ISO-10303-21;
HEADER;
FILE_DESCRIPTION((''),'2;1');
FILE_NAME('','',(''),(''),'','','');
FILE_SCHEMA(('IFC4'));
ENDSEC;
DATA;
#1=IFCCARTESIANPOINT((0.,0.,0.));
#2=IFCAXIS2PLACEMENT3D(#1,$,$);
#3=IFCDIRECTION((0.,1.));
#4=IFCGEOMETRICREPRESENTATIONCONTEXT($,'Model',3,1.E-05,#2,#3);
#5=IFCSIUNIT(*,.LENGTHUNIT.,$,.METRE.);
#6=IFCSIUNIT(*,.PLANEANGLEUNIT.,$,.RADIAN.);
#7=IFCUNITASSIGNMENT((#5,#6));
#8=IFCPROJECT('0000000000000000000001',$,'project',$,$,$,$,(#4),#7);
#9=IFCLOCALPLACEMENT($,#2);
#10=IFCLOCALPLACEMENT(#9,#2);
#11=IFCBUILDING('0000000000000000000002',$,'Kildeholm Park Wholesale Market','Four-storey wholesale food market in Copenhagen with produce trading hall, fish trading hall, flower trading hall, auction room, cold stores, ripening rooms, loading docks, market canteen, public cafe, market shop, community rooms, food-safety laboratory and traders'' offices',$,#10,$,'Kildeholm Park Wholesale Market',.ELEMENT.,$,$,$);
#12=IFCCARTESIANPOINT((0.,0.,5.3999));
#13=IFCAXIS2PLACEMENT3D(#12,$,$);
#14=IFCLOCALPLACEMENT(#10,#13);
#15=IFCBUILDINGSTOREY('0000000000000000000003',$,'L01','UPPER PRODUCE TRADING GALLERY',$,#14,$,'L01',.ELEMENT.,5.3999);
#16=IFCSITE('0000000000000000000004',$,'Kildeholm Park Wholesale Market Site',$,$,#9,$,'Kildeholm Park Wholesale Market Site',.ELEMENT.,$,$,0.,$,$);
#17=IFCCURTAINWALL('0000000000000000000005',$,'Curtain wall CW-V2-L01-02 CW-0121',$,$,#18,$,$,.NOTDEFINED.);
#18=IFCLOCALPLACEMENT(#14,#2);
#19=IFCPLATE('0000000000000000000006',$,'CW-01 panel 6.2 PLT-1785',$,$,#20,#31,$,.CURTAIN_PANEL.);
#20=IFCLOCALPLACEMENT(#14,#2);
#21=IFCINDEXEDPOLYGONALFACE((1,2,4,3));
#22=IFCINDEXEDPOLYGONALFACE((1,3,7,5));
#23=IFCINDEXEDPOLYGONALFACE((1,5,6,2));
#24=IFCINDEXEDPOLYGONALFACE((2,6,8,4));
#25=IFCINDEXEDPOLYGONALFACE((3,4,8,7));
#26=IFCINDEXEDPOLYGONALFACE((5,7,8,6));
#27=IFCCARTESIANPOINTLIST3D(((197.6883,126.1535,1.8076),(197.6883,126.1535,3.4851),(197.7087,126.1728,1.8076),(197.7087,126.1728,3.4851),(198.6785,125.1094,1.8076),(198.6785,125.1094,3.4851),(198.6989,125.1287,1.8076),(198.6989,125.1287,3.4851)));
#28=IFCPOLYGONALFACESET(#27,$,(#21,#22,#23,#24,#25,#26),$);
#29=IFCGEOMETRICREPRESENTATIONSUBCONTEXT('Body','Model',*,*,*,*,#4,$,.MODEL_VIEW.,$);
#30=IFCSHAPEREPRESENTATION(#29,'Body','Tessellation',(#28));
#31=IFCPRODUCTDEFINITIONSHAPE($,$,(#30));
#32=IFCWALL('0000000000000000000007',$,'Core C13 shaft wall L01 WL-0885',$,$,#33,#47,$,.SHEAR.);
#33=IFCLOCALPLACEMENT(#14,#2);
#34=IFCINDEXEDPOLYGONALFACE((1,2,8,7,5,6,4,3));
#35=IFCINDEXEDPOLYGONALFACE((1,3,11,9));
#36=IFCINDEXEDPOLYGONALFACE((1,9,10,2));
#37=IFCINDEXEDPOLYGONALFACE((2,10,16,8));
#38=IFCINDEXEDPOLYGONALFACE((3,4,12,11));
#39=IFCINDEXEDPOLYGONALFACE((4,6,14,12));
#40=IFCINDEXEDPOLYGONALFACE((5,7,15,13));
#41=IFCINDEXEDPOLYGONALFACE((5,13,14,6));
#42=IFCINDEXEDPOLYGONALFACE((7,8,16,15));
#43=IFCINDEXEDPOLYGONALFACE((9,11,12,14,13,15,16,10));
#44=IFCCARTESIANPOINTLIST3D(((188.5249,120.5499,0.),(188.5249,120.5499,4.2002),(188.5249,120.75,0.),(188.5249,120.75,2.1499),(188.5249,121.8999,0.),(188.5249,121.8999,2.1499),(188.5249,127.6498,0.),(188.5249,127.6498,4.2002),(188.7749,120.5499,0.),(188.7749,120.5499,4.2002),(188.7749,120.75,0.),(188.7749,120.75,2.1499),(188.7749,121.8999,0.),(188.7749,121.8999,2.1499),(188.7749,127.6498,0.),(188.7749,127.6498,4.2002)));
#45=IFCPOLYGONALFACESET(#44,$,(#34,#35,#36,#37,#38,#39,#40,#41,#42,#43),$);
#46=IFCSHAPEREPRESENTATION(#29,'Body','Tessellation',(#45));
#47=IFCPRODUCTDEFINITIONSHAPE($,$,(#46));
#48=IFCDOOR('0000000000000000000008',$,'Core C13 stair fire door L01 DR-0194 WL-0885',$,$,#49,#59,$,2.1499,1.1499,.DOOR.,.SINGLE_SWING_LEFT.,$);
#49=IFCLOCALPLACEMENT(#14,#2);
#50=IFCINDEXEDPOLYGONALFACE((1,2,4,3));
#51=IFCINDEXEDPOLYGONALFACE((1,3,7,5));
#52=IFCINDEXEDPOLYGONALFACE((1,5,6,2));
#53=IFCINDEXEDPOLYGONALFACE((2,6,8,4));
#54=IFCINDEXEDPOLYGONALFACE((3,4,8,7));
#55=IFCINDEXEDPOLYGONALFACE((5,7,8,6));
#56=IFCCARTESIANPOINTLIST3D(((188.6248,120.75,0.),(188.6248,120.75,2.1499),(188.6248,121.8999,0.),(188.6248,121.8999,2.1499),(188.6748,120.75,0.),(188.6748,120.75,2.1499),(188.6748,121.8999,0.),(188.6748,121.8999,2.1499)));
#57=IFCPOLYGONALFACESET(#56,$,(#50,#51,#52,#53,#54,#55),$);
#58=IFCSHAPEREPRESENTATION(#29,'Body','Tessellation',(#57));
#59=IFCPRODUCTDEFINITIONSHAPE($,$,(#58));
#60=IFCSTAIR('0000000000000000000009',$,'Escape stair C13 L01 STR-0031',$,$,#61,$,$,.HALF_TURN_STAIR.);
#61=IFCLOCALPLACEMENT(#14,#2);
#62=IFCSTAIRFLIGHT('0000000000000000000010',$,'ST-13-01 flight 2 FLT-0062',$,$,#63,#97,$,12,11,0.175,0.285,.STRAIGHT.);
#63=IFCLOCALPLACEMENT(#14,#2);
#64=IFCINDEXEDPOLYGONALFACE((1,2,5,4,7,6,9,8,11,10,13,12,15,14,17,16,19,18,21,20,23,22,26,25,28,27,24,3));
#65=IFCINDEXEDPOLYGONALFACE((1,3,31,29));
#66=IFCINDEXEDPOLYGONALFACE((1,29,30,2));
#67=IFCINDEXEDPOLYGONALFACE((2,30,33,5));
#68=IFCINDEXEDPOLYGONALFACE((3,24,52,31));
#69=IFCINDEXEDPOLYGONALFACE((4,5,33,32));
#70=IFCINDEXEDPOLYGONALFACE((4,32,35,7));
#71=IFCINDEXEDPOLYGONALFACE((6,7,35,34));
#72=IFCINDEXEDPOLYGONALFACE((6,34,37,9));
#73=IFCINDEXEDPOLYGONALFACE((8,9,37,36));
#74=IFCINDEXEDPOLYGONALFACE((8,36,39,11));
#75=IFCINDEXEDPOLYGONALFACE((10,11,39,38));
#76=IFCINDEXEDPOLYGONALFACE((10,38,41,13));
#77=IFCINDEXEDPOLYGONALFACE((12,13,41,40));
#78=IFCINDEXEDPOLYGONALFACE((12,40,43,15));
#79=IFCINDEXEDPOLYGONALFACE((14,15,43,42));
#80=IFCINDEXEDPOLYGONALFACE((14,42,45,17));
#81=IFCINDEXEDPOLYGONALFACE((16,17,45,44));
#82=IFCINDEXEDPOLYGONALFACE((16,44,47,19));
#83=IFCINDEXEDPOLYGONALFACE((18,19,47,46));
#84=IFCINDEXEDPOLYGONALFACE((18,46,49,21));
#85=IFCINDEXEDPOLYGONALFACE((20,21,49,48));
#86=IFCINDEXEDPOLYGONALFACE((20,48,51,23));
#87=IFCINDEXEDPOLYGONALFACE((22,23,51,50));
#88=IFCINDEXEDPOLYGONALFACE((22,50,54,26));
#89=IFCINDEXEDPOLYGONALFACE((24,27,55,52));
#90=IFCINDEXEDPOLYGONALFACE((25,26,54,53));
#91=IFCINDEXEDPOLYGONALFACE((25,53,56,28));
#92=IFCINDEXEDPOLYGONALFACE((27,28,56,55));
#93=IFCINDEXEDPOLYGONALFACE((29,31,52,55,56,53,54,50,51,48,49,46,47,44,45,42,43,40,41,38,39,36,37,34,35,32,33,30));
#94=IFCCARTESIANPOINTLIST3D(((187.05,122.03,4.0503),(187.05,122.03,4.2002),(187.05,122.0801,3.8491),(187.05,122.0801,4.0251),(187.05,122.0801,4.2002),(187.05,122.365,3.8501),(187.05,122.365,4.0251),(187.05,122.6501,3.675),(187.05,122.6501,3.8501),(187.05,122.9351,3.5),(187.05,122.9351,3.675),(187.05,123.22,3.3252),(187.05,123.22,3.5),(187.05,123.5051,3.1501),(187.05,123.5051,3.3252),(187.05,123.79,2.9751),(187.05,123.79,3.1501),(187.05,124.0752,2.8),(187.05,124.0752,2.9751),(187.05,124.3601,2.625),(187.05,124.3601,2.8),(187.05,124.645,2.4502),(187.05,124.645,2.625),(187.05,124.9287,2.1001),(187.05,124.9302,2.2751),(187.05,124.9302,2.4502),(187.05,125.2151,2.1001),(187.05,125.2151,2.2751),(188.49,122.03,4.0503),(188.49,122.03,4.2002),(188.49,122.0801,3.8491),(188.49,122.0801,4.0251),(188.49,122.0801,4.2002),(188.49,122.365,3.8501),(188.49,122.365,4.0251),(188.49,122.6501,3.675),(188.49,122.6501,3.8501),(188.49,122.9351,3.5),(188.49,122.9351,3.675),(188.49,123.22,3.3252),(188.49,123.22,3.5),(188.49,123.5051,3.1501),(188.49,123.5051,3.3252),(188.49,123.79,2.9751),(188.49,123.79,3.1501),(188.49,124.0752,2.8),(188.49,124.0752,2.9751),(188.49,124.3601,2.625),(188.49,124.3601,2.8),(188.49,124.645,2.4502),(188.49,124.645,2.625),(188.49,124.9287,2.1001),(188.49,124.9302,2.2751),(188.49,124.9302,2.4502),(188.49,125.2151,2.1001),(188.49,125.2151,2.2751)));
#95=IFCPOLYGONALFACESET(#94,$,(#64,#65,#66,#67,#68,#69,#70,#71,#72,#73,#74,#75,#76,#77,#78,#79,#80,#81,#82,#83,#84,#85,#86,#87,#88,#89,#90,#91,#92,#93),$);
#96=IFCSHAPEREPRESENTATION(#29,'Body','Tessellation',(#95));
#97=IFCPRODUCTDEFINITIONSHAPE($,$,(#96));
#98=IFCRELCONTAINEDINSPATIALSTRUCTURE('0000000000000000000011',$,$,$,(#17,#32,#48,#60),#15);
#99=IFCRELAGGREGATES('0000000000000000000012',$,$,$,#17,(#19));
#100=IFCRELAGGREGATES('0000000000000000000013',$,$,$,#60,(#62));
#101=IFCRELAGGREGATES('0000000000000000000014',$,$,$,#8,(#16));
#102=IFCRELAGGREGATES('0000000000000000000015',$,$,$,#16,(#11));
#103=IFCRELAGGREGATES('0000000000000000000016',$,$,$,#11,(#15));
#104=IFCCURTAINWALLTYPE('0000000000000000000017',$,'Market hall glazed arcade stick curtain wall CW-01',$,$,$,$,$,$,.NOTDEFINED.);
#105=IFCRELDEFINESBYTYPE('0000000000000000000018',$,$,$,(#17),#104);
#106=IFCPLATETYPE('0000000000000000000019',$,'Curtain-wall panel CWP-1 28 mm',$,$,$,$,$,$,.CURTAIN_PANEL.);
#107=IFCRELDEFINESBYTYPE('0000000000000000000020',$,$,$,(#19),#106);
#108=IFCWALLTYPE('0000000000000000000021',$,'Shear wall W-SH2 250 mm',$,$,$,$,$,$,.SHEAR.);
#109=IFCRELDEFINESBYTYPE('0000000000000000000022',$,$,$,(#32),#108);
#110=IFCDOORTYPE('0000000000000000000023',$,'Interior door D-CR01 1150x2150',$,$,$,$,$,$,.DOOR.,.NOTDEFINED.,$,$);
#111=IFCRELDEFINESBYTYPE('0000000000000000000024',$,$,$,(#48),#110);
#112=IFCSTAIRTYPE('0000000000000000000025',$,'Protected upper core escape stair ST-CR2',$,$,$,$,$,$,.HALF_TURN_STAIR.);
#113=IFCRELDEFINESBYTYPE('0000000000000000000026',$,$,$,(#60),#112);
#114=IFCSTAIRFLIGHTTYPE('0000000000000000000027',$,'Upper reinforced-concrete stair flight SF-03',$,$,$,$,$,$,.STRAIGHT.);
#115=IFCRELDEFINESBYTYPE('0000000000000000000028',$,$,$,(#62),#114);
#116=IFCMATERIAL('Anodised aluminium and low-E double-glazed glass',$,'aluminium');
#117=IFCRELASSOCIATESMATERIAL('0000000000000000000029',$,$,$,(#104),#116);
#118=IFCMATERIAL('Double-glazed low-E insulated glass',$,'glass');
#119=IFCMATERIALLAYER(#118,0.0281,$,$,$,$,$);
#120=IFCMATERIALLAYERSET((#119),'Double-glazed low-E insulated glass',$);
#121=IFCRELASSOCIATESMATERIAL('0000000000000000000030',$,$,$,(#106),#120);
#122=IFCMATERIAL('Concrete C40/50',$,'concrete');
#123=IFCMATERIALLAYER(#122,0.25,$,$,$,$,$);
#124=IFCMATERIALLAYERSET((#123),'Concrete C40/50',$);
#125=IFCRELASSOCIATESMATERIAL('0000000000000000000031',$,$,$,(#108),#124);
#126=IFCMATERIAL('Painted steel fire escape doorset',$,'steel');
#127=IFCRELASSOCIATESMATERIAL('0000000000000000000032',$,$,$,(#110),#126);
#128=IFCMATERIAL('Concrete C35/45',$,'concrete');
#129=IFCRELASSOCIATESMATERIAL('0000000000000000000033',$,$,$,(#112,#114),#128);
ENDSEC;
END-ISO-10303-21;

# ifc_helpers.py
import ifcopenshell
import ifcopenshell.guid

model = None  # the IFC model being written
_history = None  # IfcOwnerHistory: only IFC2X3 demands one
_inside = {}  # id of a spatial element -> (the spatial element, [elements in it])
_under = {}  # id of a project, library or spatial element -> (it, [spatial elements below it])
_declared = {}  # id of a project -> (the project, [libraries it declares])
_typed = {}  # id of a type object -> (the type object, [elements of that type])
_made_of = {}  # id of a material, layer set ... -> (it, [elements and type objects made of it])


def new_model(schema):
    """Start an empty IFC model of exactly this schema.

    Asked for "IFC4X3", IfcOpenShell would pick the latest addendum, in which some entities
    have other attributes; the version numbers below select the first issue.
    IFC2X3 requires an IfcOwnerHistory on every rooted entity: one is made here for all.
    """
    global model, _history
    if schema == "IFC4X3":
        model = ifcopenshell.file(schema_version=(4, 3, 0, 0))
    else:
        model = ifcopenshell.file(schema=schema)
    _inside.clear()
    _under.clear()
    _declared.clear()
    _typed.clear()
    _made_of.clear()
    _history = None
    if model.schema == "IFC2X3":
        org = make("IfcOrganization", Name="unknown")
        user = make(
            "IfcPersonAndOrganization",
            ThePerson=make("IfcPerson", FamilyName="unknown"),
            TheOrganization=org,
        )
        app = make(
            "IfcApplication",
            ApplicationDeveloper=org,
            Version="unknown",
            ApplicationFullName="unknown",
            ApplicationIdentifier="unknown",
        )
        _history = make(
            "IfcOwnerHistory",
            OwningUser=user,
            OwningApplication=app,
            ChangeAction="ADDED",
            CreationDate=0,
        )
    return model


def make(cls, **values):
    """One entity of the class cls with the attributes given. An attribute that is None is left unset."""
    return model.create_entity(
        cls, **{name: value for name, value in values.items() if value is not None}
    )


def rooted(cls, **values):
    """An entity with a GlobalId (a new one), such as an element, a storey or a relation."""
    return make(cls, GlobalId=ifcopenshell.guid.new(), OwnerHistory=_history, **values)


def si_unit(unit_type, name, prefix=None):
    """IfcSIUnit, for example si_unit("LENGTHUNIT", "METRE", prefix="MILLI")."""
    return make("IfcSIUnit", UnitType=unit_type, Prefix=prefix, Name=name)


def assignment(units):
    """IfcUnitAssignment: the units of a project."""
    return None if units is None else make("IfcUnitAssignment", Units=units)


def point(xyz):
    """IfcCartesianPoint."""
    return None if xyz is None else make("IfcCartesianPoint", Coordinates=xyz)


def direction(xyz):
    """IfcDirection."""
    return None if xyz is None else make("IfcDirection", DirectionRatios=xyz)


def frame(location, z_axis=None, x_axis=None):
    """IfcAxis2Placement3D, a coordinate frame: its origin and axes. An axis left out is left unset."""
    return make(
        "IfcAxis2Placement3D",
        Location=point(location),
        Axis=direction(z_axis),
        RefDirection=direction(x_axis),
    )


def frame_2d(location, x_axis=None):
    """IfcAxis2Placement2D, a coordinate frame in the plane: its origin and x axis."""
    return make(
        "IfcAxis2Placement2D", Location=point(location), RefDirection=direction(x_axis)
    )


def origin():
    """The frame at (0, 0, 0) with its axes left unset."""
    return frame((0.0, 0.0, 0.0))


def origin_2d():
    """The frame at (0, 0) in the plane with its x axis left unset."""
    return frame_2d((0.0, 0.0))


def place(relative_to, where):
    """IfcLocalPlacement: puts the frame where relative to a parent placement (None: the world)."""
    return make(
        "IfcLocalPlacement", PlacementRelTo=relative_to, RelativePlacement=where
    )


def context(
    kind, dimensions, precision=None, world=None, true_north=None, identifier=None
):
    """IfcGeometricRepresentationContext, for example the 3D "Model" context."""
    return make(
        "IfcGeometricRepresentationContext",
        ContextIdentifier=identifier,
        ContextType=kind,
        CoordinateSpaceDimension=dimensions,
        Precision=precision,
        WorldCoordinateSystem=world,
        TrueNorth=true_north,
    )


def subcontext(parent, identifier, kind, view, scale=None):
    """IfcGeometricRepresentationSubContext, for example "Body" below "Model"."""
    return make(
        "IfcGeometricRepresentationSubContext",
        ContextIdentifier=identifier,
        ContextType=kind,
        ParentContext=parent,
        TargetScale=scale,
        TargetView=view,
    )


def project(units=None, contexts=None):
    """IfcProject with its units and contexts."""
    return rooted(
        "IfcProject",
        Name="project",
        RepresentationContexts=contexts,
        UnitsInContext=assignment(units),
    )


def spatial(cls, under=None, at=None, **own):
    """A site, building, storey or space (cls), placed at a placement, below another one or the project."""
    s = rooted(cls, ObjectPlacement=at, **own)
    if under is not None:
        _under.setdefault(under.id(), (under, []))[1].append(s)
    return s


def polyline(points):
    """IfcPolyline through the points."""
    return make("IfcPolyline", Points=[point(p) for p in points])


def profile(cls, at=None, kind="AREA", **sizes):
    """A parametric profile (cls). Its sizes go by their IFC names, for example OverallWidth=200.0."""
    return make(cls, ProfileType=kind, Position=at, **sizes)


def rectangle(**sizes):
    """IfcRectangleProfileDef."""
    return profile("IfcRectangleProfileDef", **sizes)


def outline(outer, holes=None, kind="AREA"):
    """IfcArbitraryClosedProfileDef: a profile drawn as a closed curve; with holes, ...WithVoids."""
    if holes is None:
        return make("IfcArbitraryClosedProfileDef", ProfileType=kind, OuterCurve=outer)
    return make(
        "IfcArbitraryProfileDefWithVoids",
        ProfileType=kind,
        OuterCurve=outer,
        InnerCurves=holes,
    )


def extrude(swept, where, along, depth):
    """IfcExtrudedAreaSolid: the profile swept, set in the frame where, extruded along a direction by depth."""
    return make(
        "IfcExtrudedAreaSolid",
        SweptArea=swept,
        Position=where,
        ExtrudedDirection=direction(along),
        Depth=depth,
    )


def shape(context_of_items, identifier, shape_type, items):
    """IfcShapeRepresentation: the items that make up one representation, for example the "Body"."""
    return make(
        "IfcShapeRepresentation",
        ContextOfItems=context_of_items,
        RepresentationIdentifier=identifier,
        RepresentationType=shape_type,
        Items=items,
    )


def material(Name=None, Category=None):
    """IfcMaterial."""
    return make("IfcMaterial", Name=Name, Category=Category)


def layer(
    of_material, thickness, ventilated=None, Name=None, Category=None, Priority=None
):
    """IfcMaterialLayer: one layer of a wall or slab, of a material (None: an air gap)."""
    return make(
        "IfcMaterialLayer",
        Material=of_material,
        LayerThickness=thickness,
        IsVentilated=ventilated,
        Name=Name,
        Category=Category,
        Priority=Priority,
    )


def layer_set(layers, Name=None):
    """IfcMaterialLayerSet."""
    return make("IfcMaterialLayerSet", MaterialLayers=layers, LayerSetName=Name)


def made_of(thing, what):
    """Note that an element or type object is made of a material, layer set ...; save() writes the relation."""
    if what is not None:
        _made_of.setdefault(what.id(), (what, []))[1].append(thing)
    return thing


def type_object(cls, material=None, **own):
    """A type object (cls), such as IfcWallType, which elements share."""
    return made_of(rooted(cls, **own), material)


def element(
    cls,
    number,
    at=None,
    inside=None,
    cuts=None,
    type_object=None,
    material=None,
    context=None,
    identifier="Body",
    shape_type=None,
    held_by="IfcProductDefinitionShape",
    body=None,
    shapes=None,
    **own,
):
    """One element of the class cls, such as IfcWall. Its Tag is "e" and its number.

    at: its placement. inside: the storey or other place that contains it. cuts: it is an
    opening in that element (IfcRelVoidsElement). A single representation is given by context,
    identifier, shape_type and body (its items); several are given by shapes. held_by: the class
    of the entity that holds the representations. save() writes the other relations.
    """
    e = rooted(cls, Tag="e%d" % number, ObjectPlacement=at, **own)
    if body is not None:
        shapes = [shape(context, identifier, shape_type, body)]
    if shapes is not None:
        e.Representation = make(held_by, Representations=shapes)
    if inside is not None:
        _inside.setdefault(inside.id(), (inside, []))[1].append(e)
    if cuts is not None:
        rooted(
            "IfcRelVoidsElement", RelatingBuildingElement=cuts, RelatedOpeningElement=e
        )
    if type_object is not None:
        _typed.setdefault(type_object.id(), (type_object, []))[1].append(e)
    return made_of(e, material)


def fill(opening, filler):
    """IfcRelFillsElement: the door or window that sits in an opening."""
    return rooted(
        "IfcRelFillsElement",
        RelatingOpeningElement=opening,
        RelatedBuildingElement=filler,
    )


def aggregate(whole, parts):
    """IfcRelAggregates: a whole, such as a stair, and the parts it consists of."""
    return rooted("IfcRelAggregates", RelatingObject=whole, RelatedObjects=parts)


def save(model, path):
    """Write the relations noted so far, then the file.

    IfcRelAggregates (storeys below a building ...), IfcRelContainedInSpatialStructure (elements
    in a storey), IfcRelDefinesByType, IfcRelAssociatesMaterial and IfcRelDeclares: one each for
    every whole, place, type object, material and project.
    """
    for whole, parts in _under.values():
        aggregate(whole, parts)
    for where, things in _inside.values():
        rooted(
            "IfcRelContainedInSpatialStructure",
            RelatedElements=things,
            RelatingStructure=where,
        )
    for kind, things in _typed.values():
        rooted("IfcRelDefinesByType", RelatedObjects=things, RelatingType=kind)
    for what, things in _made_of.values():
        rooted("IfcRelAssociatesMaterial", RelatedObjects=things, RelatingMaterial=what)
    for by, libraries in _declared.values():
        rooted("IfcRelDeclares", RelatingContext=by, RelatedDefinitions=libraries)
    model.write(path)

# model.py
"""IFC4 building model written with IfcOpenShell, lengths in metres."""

from ifc_helpers import new_model, si_unit, direction, frame, frame_2d, origin, origin_2d, place, context, subcontext, project, spatial, polyline, rectangle, outline, extrude, material, layer, layer_set, type_object, element, fill, aggregate, save


model = new_model("IFC4")

# Units and contexts
model_context = context("Model", 3, precision=1e-05, world=origin(), true_north=direction((0.0, 1.0)))
body_context = subcontext(model_context, "Body", "Model", "MODEL_VIEW")
ifc_project = project(units=[si_unit("LENGTHUNIT", "METRE"), si_unit("PLANEANGLEUNIT", "RADIAN")], contexts=[model_context])

# Site, building, storey
site_placement = place(None, origin())
site = spatial("IfcSite", under=ifc_project, at=site_placement, Name="Kildeholm Park Wholesale Market Site", LongName="Kildeholm Park Wholesale Market Site", CompositionType="ELEMENT", RefElevation=0.0)
building_placement = place(site_placement, origin())
building = spatial("IfcBuilding", under=site, at=building_placement, Name="Kildeholm Park Wholesale Market", Description="Four-storey wholesale food market in Copenhagen with produce trading hall, fish trading hall, flower trading hall, auction room, cold stores, ripening rooms, loading docks, market canteen, public cafe, market shop, community rooms, food-safety laboratory and traders' offices", LongName="Kildeholm Park Wholesale Market", CompositionType="ELEMENT")
storey_placement = place(building_placement, frame((0.0, 0.0, 5.3999)))
storey = spatial("IfcBuildingStorey", under=building, at=storey_placement, Name="L01", Description="UPPER PRODUCE TRADING GALLERY", LongName="L01", CompositionType="ELEMENT", Elevation=5.3999)

# Curtain wall, plate
ifc_material_1 = material(Name="Anodised aluminium and low-E double-glazed glass", Category="aluminium")
curtain_wall_type = type_object("IfcCurtainWallType", Name="Market hall glazed arcade stick curtain wall CW-01", PredefinedType="NOTDEFINED", material=ifc_material_1)
curtain_wall_placement = place(storey_placement, origin())
curtain_wall = element("IfcCurtainWall", 1, at=curtain_wall_placement, inside=storey, type_object=curtain_wall_type, Name="Curtain wall CW-V2-L01-02 CW-0121", PredefinedType="NOTDEFINED")
ifc_material_2 = material(Name="Double-glazed low-E insulated glass", Category="glass")
ifc_layer_1 = layer(ifc_material_2, 0.0281)
ifc_layer_set_1 = layer_set([ifc_layer_1], Name="Double-glazed low-E insulated glass")
plate_type = type_object("IfcPlateType", Name="Curtain-wall panel CWP-1 28 mm", PredefinedType="CURTAIN_PANEL", material=ifc_layer_set_1)
plate_1_placement = place(storey_placement, frame((198.1936, 125.6411, 1.8076), z_axis=(0.0, 0.0, 1.0), x_axis=(-0.688148, 0.725571, 0.0)))
plate_1 = element("IfcPlate", 2, at=plate_1_placement, type_object=plate_type, Name="CW-01 panel 6.2 PLT-1785", PredefinedType="CURTAIN_PANEL", context=body_context, shape_type="SweptSolid", body=[
    extrude(rectangle(XDim=1.439, YDim=0.0281, at=origin_2d()), origin(), (0.0, 0.0, 1.0), 1.6775),
])
aggregate(curtain_wall, [plate_1])

# Wall, opening, door
ifc_material_3 = material(Name="Concrete C40/50", Category="concrete")
ifc_layer_2 = layer(ifc_material_3, 0.25)
ifc_layer_set_2 = layer_set([ifc_layer_2], Name="Concrete C40/50")
wall_type_1 = type_object("IfcWallType", Name="Shear wall W-SH2 250 mm", PredefinedType="SHEAR", material=ifc_layer_set_2)
wall_1_placement = place(storey_placement, frame((188.6499, 120.55, 0.0), z_axis=(0.0, 0.0, 1.0), x_axis=(0.0, 1.0, 0.0)))
wall_1 = element("IfcWall", 3, at=wall_1_placement, inside=storey, type_object=wall_type_1, Name="Core C13 shaft wall L01 WL-0885", PredefinedType="SHEAR", context=body_context, shape_type="SweptSolid", body=[
    extrude(rectangle(XDim=7.0999, YDim=0.25, at=frame_2d((3.5498, 0.0))), origin(), (0.0, 0.0, 1.0), 4.2002),
])
opening_1_placement = place(wall_1_placement, frame((0.2, 0.0, 0.0)))
opening_1 = element("IfcOpeningElement", 4, at=opening_1_placement, cuts=wall_1, PredefinedType="OPENING", context=body_context, shape_type="SweptSolid", body=[
    extrude(rectangle(XDim=1.1499, YDim=2.1499, at=frame_2d((0.575, 1.075))), frame((0.0, 0.135, 0.0), z_axis=(0.0, -1.0, 0.0), x_axis=(1.0, 0.0, 0.0)), (0.0, 0.0, 1.0), 0.27),
])
ifc_material_4 = material(Name="Painted steel fire escape doorset", Category="steel")
door_type_1 = type_object("IfcDoorType", Name="Interior door D-CR01 1150x2150", OperationType="NOTDEFINED", PredefinedType="DOOR", material=ifc_material_4)
door_1_placement = place(opening_1_placement, frame((1.1499, 0.0, 0.0), z_axis=(0.0, 0.0, 1.0), x_axis=(-1.0, 0.0, 0.0)))
door_1 = element("IfcDoor", 5, at=door_1_placement, inside=storey, type_object=door_type_1, Name="Core C13 stair fire door L01 DR-0194 WL-0885", OperationType="SINGLE_SWING_LEFT", OverallHeight=2.1499, OverallWidth=1.1499, PredefinedType="DOOR", context=body_context, shape_type="SweptSolid", body=[
    extrude(rectangle(XDim=1.1499, YDim=2.1499, at=frame_2d((0.575, 1.075))), frame((0.0, 0.0249, 0.0), z_axis=(0.0, -1.0, 0.0), x_axis=(1.0, 0.0, 0.0)), (0.0, 0.0, 1.0), 0.05),
])
fill(opening_1, door_1)

# Stair, stair flight
ifc_material_5 = material(Name="Concrete C35/45", Category="concrete")
stair_type = type_object("IfcStairType", Name="Protected upper core escape stair ST-CR2", PredefinedType="HALF_TURN_STAIR", material=ifc_material_5)
stair_placement = place(storey_placement, origin())
stair = element("IfcStair", 6, at=stair_placement, inside=storey, type_object=stair_type, Name="Escape stair C13 L01 STR-0031", PredefinedType="HALF_TURN_STAIR")
stair_flight_type = type_object("IfcStairFlightType", Name="Upper reinforced-concrete stair flight SF-03", PredefinedType="STRAIGHT", material=ifc_material_5)
stair_flight_placement = place(storey_placement, frame((187.77, 125.2151, 2.1001), z_axis=(0.0, 0.0, 1.0), x_axis=(0.0, -1.0, 0.0)))
stair_flight = element("IfcStairFlight", 7, at=stair_flight_placement, type_object=stair_flight_type, Name="ST-13-01 flight 2 FLT-0062", NumberOfRisers=12, NumberOfTreads=11, PredefinedType="STRAIGHT", RiserHeight=0.175, TreadLength=0.285, context=body_context, shape_type="SweptSolid", body=[
    extrude(outline(polyline([(0.0, 0.0), (0.0, 0.175), (0.2849, 0.175), (0.2849, 0.3501), (0.5701, 0.3501), (0.5701, 0.5249), (0.855, 0.5249), (0.855, 0.7), (1.1399, 0.7), (1.1399, 0.875), (1.425, 0.875), (1.425, 1.05), (1.71, 1.05), (1.71, 1.2251), (1.9951, 1.2251), (1.9951, 1.3999), (2.28, 1.3999), (2.28, 1.575), (2.5649, 1.575), (2.5649, 1.75), (2.8501, 1.75), (2.8501, 1.925), (3.135, 1.925), (3.135, 2.1001), (3.1851, 2.1001), (3.1851, 1.9502), (3.135, 1.749), (0.2864, 0.0), (0.0, 0.0)])), frame((0.0, 0.72, 0.0), z_axis=(0.0, -1.0, 0.0), x_axis=(1.0, 0.0, 0.0)), (0.0, 0.0, 1.0), 1.4399),
])
aggregate(stair, [stair_flight])

save(model, "model.ifc")
